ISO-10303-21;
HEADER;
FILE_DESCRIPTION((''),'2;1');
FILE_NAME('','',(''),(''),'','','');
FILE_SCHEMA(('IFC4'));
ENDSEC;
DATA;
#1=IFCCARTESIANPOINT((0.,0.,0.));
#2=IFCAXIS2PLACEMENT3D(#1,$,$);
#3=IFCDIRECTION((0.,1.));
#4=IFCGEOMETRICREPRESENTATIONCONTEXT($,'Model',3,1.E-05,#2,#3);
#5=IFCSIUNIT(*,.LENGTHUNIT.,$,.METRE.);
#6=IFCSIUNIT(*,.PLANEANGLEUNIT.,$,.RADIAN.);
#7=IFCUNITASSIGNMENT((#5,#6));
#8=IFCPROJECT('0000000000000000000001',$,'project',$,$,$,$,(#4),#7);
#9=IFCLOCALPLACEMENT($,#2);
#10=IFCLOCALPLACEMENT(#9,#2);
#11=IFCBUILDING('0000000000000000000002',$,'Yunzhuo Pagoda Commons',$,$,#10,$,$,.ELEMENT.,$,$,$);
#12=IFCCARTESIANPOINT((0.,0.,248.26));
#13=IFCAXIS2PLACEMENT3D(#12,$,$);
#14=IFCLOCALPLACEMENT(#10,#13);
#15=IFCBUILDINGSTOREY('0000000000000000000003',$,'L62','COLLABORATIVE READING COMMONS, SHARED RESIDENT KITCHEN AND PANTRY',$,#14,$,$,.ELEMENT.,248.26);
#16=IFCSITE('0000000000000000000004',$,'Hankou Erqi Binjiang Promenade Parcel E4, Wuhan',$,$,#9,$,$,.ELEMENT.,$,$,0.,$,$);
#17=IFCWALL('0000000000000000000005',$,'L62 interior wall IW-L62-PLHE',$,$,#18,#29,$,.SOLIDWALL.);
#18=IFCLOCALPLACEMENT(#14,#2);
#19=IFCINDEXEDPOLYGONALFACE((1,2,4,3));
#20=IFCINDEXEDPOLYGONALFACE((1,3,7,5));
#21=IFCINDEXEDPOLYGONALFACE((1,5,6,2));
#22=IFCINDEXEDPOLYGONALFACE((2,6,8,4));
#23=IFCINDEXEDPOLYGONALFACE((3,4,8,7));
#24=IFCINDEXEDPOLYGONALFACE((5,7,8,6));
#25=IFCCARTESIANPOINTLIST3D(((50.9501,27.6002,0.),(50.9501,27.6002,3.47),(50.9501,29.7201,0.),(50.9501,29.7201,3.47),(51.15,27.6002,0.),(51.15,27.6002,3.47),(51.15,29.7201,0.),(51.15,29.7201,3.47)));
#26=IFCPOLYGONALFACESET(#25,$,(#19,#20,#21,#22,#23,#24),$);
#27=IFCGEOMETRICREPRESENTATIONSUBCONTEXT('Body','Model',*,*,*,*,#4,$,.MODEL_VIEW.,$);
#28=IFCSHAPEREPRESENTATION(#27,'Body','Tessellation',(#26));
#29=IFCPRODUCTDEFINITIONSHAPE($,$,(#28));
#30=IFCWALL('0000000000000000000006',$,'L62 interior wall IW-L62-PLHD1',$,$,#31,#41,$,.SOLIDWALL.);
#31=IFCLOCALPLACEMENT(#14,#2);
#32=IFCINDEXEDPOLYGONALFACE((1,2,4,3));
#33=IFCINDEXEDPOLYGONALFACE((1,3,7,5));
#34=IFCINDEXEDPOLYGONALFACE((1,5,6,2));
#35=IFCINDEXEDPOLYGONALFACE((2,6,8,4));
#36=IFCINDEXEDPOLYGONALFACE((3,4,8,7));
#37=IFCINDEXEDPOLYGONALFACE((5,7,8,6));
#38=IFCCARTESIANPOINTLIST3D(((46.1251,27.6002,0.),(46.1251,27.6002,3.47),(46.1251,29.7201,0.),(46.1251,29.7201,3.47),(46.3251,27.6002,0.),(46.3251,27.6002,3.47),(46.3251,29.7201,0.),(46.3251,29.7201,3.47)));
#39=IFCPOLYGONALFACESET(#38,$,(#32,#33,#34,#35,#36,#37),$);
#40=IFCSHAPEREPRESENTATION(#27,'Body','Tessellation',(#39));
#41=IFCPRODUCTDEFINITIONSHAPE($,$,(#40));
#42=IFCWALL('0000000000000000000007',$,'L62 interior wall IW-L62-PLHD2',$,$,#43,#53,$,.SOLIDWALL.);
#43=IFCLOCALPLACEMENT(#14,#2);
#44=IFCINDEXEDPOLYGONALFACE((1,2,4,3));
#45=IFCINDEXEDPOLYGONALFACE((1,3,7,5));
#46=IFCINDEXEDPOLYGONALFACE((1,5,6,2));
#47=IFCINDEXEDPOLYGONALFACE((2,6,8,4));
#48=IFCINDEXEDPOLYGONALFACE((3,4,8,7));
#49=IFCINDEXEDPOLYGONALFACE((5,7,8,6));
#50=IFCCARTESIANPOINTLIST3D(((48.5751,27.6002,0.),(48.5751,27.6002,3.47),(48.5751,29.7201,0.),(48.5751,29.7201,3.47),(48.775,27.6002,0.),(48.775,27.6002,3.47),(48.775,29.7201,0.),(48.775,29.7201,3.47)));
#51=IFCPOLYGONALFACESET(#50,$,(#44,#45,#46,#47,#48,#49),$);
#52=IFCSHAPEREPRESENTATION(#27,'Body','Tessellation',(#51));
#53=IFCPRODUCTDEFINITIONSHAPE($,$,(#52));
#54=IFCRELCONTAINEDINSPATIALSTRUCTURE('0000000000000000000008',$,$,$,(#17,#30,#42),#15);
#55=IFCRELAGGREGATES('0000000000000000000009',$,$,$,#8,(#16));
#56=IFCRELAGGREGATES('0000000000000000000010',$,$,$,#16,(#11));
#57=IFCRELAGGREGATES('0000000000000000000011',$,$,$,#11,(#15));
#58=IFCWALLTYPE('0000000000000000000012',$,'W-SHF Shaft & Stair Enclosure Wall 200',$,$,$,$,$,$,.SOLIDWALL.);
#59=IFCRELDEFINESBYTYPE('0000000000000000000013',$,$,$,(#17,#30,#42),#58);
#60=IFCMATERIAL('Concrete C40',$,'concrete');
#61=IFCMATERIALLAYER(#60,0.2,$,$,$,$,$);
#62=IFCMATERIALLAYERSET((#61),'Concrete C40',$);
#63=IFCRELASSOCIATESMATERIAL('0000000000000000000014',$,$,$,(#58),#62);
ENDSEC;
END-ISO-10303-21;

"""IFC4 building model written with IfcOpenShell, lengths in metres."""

from ifc_helpers import new_model, si_unit, direction, frame, frame_2d, origin, place, context, subcontext, project, spatial, rectangle, extrude, material, layer, layer_set, type_object, element, save


model = new_model("IFC4")

# Units and contexts
model_context = context("Model", 3, precision=1e-05, world=origin(), true_north=direction((0.0, 1.0)))
body_context = subcontext(model_context, "Body", "Model", "MODEL_VIEW")
ifc_project = project(units=[si_unit("LENGTHUNIT", "METRE"), si_unit("PLANEANGLEUNIT", "RADIAN")], contexts=[model_context])

# Site, building, storey
site_placement = place(None, origin())
site = spatial("IfcSite", under=ifc_project, at=site_placement, Name="Hankou Erqi Binjiang Promenade Parcel E4, Wuhan", CompositionType="ELEMENT", RefElevation=0.0)
building_placement = place(site_placement, origin())
building = spatial("IfcBuilding", under=site, at=building_placement, Name="Yunzhuo Pagoda Commons", CompositionType="ELEMENT")
storey_placement = place(building_placement, frame((0.0, 0.0, 248.26)))
storey = spatial("IfcBuildingStorey", under=building, at=storey_placement, Name="L62", Description="COLLABORATIVE READING COMMONS, SHARED RESIDENT KITCHEN AND PANTRY", CompositionType="ELEMENT", Elevation=248.26)

# Walls
ifc_material_1 = material(Name="Concrete C40", Category="concrete")
ifc_layer_1 = layer(ifc_material_1, 0.2)
ifc_layer_set_1 = layer_set([ifc_layer_1], Name="Concrete C40")
wall_type_1 = type_object("IfcWallType", Name="W-SHF Shaft & Stair Enclosure Wall 200", PredefinedType="SOLIDWALL", material=ifc_layer_set_1)
for number, where, z_axis, x_axis, name in (
    (1, (51.05, 27.6001, 0.0), (0.0, 0.0, 1.0), (0.0, 1.0, 0.0), "L62 interior wall IW-L62-PLHE"),
    (2, (46.2251, 27.6001, 0.0), (0.0, 0.0, 1.0), (0.0, 1.0, 0.0), "L62 interior wall IW-L62-PLHD1"),
    (3, (48.675, 27.6001, 0.0), (0.0, 0.0, 1.0), (0.0, 1.0, 0.0), "L62 interior wall IW-L62-PLHD2"),
):
    element("IfcWall", number, at=place(storey_placement, frame(where, z_axis=z_axis, x_axis=x_axis)), inside=storey, type_object=wall_type_1, Name=name, PredefinedType="SOLIDWALL", context=body_context, shape_type="SweptSolid", body=[
        extrude(rectangle(XDim=2.1199, YDim=0.2, at=frame_2d((1.0601, 0.0))), origin(), (0.0, 0.0, 1.0), 3.47),
    ])

save(model, "model.ifc")
